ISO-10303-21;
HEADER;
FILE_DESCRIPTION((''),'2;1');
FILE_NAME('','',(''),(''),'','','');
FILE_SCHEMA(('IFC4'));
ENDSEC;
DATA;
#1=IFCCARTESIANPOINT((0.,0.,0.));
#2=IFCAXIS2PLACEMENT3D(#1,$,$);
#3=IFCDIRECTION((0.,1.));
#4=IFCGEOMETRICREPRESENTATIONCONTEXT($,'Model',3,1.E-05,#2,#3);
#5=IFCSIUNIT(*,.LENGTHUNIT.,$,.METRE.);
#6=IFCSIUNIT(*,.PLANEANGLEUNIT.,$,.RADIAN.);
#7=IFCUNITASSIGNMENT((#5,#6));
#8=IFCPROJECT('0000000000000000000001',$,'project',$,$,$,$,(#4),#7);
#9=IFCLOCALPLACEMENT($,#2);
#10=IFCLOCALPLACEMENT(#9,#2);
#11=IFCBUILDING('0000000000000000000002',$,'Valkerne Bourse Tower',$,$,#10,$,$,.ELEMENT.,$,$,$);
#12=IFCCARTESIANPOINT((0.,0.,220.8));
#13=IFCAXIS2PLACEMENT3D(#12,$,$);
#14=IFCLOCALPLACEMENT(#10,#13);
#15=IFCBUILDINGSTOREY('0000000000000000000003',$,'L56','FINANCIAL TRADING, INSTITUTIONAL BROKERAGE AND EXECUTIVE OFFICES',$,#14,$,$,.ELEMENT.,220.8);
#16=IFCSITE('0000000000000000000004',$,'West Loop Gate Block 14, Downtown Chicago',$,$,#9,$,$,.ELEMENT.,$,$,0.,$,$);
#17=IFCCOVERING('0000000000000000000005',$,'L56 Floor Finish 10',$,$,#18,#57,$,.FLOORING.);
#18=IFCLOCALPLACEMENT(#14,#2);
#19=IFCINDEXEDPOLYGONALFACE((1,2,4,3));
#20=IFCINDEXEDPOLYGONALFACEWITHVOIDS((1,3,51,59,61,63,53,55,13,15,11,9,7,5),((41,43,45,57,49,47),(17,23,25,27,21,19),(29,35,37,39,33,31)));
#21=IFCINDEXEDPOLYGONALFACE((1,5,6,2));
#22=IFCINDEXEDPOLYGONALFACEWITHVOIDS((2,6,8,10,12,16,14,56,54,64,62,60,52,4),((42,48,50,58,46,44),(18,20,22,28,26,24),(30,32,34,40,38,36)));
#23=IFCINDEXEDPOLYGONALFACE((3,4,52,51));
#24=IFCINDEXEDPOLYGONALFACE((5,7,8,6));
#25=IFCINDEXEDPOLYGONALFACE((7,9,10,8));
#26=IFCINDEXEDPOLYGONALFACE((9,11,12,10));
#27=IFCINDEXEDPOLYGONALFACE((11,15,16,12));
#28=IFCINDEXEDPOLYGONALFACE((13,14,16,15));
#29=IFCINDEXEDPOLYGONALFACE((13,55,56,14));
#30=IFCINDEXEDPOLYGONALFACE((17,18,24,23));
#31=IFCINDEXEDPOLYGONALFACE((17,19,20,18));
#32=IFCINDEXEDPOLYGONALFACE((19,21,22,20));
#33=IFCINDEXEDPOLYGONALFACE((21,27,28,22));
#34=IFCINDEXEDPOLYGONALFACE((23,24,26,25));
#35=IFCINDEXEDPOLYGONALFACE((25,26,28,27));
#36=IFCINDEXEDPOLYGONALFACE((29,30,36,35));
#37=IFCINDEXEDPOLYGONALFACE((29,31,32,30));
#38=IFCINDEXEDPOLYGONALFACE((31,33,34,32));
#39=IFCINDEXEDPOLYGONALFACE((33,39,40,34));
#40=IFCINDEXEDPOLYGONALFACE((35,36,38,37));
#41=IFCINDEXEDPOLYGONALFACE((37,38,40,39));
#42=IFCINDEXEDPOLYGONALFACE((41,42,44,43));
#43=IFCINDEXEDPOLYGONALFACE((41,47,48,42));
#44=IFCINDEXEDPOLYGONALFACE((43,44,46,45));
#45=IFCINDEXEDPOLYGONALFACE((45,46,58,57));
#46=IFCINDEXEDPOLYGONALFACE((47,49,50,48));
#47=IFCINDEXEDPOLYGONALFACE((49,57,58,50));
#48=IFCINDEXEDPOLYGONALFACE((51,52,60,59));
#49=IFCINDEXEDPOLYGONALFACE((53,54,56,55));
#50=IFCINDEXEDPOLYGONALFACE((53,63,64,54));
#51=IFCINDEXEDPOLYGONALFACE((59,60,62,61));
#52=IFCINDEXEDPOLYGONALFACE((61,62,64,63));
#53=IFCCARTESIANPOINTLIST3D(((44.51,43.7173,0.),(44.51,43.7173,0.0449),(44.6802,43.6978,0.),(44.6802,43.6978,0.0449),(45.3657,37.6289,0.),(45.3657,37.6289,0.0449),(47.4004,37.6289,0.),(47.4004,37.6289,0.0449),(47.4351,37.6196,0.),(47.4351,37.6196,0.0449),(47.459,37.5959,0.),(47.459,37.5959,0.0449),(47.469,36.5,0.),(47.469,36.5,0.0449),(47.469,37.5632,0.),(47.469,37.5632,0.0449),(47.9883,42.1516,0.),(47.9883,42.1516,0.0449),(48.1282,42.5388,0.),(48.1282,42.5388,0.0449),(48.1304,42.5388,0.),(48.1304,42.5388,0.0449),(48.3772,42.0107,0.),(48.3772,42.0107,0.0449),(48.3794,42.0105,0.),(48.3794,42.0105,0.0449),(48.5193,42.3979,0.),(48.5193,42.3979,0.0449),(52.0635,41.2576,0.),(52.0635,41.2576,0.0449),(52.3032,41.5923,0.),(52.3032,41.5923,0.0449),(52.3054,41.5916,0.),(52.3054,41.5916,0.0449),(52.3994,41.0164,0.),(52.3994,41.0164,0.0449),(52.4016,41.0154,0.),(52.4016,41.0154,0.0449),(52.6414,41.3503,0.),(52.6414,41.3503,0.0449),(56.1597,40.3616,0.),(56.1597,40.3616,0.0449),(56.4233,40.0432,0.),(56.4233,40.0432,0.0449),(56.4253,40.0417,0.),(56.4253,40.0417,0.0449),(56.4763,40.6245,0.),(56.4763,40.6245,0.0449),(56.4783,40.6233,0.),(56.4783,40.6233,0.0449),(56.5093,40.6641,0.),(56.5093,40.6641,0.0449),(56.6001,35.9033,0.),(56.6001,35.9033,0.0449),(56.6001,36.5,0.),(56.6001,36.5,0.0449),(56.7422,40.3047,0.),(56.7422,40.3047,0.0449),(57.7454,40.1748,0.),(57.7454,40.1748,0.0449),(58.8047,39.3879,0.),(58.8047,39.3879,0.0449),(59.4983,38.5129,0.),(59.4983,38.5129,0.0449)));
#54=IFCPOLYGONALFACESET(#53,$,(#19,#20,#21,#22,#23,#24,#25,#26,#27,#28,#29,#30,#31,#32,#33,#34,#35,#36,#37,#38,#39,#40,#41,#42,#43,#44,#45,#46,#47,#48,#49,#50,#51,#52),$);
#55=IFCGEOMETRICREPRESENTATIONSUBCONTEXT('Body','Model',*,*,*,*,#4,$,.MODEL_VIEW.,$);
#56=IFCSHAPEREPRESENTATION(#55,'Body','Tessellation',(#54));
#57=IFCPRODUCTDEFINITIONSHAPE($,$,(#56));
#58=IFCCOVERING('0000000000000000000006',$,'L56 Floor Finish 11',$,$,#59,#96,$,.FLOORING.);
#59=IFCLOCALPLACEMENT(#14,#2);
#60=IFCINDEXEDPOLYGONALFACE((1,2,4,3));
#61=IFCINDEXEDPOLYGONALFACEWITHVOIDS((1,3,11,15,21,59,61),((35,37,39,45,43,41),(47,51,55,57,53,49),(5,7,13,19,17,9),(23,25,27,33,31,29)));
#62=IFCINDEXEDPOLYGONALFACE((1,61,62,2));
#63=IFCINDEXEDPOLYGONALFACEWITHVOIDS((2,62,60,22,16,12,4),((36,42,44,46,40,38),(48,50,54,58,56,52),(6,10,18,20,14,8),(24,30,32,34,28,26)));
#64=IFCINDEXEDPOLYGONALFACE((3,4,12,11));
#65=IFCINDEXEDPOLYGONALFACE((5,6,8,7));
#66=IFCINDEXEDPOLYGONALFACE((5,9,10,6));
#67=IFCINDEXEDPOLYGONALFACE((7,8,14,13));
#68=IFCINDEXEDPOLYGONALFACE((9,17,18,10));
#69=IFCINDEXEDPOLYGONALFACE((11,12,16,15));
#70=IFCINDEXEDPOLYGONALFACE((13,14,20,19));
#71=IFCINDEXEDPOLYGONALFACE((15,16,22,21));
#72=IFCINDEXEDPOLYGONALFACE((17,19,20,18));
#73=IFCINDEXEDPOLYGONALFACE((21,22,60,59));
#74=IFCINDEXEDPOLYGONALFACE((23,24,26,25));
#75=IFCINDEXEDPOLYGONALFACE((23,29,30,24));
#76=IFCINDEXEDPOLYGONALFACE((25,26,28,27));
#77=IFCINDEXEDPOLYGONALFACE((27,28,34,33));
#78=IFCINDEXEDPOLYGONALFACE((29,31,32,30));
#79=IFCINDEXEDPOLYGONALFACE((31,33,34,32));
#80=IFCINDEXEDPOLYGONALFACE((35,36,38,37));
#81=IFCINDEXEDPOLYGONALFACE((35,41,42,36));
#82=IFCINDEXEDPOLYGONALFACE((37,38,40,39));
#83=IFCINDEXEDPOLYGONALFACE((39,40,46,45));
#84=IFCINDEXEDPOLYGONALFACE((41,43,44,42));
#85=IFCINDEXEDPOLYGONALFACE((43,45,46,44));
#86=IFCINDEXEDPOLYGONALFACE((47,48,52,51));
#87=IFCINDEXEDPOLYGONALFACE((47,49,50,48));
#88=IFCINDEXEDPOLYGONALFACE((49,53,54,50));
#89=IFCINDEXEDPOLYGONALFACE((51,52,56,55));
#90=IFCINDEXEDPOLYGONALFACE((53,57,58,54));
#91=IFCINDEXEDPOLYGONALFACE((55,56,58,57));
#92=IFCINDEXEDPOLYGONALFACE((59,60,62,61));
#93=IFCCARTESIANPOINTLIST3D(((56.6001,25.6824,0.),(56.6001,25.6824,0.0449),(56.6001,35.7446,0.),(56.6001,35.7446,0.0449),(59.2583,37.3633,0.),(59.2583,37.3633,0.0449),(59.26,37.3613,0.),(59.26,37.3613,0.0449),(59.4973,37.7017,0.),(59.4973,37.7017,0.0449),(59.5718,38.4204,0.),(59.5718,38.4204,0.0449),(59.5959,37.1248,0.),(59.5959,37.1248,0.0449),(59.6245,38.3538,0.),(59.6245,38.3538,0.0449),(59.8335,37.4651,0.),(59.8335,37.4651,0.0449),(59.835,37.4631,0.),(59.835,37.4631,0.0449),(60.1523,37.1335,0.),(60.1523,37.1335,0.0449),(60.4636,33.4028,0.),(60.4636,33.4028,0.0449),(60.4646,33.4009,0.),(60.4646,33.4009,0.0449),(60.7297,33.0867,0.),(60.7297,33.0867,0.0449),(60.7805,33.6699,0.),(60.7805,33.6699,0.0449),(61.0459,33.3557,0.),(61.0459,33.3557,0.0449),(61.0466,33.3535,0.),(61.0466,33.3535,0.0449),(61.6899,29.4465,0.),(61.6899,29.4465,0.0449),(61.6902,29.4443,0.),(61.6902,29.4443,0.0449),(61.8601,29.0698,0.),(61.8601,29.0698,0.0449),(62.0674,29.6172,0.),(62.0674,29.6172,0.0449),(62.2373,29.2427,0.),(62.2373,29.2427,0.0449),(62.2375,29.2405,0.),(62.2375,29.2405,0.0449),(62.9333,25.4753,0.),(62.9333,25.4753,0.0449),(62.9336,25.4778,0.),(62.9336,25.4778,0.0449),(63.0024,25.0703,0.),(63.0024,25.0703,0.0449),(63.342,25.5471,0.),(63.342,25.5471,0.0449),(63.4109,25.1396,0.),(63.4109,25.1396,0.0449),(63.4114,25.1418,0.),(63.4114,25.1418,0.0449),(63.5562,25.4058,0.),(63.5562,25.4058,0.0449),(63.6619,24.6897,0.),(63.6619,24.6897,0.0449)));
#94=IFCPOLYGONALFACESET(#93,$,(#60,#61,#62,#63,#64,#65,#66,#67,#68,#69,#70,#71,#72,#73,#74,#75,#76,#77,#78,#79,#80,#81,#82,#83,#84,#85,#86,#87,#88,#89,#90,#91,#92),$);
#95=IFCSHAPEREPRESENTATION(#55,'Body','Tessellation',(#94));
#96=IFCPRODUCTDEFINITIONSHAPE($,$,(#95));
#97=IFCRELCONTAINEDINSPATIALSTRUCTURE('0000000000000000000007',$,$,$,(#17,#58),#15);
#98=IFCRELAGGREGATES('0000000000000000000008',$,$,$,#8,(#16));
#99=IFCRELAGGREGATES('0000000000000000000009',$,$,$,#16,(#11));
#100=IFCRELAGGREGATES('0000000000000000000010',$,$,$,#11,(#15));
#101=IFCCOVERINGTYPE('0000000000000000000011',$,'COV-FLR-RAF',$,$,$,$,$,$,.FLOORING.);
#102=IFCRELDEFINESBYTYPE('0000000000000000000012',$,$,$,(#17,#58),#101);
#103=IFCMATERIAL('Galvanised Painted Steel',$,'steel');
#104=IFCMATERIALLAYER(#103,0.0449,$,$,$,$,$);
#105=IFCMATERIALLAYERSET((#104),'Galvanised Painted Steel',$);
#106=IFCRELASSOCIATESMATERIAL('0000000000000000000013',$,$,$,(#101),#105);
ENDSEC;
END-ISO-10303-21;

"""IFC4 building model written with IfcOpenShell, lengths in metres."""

from ifc_helpers import new_model, si_unit, direction, frame, origin, place, context, subcontext, project, spatial, polyline, outline, extrude, material, layer, layer_set, type_object, element, save


model = new_model("IFC4")

# Units and contexts
model_context = context("Model", 3, precision=1e-05, world=origin(), true_north=direction((0.0, 1.0)))
body_context = subcontext(model_context, "Body", "Model", "MODEL_VIEW")
ifc_project = project(units=[si_unit("LENGTHUNIT", "METRE"), si_unit("PLANEANGLEUNIT", "RADIAN")], contexts=[model_context])

# Site, building, storey
site_placement = place(None, origin())
site = spatial("IfcSite", under=ifc_project, at=site_placement, Name="West Loop Gate Block 14, Downtown Chicago", CompositionType="ELEMENT", RefElevation=0.0)
building_placement = place(site_placement, origin())
building = spatial("IfcBuilding", under=site, at=building_placement, Name="Valkerne Bourse Tower", CompositionType="ELEMENT")
storey_placement = place(building_placement, frame((0.0, 0.0, 220.8)))
storey = spatial("IfcBuildingStorey", under=building, at=storey_placement, Name="L56", Description="FINANCIAL TRADING, INSTITUTIONAL BROKERAGE AND EXECUTIVE OFFICES", CompositionType="ELEMENT", Elevation=220.8)

# Coverings
ifc_material_1 = material(Name="Galvanised Painted Steel", Category="steel")
ifc_layer_1 = layer(ifc_material_1, 0.0449)
ifc_layer_set_1 = layer_set([ifc_layer_1], Name="Galvanised Painted Steel")
covering_type_1 = type_object("IfcCoveringType", Name="COV-FLR-RAF", PredefinedType="FLOORING", material=ifc_layer_set_1)
covering_1_placement = place(storey_placement, origin())
element("IfcCovering", 1, at=covering_1_placement, inside=storey, type_object=covering_type_1, Name="L56 Floor Finish 10", PredefinedType="FLOORING", context=body_context, shape_type="SweptSolid", body=[
    extrude(outline(polyline([(57.7454, 40.1748), (58.8047, 39.3879), (59.4983, 38.5129), (56.6001, 35.9033), (56.6001, 36.5), (47.469, 36.5), (47.469, 37.5632), (47.459, 37.5959), (47.4351, 37.6196), (47.4004, 37.6289), (45.3657, 37.6289), (44.51, 43.7173), (44.6802, 43.6978), (56.5093, 40.6641), (57.7454, 40.1748)]), holes=[polyline([(56.4783, 40.6233), (56.4763, 40.6245), (56.1597, 40.3616), (56.4233, 40.0432), (56.4253, 40.0417), (56.7422, 40.3047), (56.4783, 40.6233)]), polyline([(52.3054, 41.5916), (52.3032, 41.5923), (52.0635, 41.2576), (52.3994, 41.0164), (52.4016, 41.0154), (52.6414, 41.3503), (52.3054, 41.5916)]), polyline([(48.5193, 42.3979), (48.1304, 42.5388), (48.1282, 42.5388), (47.9883, 42.1516), (48.3772, 42.0107), (48.3794, 42.0105), (48.5193, 42.3979)])]), origin(), (0.0, 0.0, 1.0), 0.0449),
])
covering_2_placement = place(storey_placement, origin())
element("IfcCovering", 2, at=covering_2_placement, inside=storey, type_object=covering_type_1, Name="L56 Floor Finish 11", PredefinedType="FLOORING", context=body_context, shape_type="SweptSolid", body=[
    extrude(outline(polyline([(59.5718, 38.4204), (59.6245, 38.3538), (60.1523, 37.1335), (63.5562, 25.4058), (63.6619, 24.6897), (56.6001, 25.6824), (56.6001, 35.7446), (59.5718, 38.4204)]), holes=[polyline([(63.4109, 25.1396), (63.4114, 25.1418), (63.342, 25.5471), (62.9336, 25.4778), (62.9333, 25.4753), (63.0024, 25.0703), (63.4109, 25.1396)]), polyline([(62.2373, 29.2427), (62.0674, 29.6172), (61.6899, 29.4465), (61.6902, 29.4443), (61.8601, 29.0698), (62.2375, 29.2405), (62.2373, 29.2427)]), polyline([(61.0459, 33.3557), (60.7805, 33.6699), (60.4636, 33.4028), (60.4646, 33.4009), (60.7297, 33.0867), (61.0466, 33.3535), (61.0459, 33.3557)]), polyline([(59.8335, 37.4651), (59.4973, 37.7017), (59.2583, 37.3633), (59.26, 37.3613), (59.5959, 37.1248), (59.835, 37.4631), (59.8335, 37.4651)])]), origin(), (0.0, 0.0, 1.0), 0.0449),
])

save(model, "model.ifc")
